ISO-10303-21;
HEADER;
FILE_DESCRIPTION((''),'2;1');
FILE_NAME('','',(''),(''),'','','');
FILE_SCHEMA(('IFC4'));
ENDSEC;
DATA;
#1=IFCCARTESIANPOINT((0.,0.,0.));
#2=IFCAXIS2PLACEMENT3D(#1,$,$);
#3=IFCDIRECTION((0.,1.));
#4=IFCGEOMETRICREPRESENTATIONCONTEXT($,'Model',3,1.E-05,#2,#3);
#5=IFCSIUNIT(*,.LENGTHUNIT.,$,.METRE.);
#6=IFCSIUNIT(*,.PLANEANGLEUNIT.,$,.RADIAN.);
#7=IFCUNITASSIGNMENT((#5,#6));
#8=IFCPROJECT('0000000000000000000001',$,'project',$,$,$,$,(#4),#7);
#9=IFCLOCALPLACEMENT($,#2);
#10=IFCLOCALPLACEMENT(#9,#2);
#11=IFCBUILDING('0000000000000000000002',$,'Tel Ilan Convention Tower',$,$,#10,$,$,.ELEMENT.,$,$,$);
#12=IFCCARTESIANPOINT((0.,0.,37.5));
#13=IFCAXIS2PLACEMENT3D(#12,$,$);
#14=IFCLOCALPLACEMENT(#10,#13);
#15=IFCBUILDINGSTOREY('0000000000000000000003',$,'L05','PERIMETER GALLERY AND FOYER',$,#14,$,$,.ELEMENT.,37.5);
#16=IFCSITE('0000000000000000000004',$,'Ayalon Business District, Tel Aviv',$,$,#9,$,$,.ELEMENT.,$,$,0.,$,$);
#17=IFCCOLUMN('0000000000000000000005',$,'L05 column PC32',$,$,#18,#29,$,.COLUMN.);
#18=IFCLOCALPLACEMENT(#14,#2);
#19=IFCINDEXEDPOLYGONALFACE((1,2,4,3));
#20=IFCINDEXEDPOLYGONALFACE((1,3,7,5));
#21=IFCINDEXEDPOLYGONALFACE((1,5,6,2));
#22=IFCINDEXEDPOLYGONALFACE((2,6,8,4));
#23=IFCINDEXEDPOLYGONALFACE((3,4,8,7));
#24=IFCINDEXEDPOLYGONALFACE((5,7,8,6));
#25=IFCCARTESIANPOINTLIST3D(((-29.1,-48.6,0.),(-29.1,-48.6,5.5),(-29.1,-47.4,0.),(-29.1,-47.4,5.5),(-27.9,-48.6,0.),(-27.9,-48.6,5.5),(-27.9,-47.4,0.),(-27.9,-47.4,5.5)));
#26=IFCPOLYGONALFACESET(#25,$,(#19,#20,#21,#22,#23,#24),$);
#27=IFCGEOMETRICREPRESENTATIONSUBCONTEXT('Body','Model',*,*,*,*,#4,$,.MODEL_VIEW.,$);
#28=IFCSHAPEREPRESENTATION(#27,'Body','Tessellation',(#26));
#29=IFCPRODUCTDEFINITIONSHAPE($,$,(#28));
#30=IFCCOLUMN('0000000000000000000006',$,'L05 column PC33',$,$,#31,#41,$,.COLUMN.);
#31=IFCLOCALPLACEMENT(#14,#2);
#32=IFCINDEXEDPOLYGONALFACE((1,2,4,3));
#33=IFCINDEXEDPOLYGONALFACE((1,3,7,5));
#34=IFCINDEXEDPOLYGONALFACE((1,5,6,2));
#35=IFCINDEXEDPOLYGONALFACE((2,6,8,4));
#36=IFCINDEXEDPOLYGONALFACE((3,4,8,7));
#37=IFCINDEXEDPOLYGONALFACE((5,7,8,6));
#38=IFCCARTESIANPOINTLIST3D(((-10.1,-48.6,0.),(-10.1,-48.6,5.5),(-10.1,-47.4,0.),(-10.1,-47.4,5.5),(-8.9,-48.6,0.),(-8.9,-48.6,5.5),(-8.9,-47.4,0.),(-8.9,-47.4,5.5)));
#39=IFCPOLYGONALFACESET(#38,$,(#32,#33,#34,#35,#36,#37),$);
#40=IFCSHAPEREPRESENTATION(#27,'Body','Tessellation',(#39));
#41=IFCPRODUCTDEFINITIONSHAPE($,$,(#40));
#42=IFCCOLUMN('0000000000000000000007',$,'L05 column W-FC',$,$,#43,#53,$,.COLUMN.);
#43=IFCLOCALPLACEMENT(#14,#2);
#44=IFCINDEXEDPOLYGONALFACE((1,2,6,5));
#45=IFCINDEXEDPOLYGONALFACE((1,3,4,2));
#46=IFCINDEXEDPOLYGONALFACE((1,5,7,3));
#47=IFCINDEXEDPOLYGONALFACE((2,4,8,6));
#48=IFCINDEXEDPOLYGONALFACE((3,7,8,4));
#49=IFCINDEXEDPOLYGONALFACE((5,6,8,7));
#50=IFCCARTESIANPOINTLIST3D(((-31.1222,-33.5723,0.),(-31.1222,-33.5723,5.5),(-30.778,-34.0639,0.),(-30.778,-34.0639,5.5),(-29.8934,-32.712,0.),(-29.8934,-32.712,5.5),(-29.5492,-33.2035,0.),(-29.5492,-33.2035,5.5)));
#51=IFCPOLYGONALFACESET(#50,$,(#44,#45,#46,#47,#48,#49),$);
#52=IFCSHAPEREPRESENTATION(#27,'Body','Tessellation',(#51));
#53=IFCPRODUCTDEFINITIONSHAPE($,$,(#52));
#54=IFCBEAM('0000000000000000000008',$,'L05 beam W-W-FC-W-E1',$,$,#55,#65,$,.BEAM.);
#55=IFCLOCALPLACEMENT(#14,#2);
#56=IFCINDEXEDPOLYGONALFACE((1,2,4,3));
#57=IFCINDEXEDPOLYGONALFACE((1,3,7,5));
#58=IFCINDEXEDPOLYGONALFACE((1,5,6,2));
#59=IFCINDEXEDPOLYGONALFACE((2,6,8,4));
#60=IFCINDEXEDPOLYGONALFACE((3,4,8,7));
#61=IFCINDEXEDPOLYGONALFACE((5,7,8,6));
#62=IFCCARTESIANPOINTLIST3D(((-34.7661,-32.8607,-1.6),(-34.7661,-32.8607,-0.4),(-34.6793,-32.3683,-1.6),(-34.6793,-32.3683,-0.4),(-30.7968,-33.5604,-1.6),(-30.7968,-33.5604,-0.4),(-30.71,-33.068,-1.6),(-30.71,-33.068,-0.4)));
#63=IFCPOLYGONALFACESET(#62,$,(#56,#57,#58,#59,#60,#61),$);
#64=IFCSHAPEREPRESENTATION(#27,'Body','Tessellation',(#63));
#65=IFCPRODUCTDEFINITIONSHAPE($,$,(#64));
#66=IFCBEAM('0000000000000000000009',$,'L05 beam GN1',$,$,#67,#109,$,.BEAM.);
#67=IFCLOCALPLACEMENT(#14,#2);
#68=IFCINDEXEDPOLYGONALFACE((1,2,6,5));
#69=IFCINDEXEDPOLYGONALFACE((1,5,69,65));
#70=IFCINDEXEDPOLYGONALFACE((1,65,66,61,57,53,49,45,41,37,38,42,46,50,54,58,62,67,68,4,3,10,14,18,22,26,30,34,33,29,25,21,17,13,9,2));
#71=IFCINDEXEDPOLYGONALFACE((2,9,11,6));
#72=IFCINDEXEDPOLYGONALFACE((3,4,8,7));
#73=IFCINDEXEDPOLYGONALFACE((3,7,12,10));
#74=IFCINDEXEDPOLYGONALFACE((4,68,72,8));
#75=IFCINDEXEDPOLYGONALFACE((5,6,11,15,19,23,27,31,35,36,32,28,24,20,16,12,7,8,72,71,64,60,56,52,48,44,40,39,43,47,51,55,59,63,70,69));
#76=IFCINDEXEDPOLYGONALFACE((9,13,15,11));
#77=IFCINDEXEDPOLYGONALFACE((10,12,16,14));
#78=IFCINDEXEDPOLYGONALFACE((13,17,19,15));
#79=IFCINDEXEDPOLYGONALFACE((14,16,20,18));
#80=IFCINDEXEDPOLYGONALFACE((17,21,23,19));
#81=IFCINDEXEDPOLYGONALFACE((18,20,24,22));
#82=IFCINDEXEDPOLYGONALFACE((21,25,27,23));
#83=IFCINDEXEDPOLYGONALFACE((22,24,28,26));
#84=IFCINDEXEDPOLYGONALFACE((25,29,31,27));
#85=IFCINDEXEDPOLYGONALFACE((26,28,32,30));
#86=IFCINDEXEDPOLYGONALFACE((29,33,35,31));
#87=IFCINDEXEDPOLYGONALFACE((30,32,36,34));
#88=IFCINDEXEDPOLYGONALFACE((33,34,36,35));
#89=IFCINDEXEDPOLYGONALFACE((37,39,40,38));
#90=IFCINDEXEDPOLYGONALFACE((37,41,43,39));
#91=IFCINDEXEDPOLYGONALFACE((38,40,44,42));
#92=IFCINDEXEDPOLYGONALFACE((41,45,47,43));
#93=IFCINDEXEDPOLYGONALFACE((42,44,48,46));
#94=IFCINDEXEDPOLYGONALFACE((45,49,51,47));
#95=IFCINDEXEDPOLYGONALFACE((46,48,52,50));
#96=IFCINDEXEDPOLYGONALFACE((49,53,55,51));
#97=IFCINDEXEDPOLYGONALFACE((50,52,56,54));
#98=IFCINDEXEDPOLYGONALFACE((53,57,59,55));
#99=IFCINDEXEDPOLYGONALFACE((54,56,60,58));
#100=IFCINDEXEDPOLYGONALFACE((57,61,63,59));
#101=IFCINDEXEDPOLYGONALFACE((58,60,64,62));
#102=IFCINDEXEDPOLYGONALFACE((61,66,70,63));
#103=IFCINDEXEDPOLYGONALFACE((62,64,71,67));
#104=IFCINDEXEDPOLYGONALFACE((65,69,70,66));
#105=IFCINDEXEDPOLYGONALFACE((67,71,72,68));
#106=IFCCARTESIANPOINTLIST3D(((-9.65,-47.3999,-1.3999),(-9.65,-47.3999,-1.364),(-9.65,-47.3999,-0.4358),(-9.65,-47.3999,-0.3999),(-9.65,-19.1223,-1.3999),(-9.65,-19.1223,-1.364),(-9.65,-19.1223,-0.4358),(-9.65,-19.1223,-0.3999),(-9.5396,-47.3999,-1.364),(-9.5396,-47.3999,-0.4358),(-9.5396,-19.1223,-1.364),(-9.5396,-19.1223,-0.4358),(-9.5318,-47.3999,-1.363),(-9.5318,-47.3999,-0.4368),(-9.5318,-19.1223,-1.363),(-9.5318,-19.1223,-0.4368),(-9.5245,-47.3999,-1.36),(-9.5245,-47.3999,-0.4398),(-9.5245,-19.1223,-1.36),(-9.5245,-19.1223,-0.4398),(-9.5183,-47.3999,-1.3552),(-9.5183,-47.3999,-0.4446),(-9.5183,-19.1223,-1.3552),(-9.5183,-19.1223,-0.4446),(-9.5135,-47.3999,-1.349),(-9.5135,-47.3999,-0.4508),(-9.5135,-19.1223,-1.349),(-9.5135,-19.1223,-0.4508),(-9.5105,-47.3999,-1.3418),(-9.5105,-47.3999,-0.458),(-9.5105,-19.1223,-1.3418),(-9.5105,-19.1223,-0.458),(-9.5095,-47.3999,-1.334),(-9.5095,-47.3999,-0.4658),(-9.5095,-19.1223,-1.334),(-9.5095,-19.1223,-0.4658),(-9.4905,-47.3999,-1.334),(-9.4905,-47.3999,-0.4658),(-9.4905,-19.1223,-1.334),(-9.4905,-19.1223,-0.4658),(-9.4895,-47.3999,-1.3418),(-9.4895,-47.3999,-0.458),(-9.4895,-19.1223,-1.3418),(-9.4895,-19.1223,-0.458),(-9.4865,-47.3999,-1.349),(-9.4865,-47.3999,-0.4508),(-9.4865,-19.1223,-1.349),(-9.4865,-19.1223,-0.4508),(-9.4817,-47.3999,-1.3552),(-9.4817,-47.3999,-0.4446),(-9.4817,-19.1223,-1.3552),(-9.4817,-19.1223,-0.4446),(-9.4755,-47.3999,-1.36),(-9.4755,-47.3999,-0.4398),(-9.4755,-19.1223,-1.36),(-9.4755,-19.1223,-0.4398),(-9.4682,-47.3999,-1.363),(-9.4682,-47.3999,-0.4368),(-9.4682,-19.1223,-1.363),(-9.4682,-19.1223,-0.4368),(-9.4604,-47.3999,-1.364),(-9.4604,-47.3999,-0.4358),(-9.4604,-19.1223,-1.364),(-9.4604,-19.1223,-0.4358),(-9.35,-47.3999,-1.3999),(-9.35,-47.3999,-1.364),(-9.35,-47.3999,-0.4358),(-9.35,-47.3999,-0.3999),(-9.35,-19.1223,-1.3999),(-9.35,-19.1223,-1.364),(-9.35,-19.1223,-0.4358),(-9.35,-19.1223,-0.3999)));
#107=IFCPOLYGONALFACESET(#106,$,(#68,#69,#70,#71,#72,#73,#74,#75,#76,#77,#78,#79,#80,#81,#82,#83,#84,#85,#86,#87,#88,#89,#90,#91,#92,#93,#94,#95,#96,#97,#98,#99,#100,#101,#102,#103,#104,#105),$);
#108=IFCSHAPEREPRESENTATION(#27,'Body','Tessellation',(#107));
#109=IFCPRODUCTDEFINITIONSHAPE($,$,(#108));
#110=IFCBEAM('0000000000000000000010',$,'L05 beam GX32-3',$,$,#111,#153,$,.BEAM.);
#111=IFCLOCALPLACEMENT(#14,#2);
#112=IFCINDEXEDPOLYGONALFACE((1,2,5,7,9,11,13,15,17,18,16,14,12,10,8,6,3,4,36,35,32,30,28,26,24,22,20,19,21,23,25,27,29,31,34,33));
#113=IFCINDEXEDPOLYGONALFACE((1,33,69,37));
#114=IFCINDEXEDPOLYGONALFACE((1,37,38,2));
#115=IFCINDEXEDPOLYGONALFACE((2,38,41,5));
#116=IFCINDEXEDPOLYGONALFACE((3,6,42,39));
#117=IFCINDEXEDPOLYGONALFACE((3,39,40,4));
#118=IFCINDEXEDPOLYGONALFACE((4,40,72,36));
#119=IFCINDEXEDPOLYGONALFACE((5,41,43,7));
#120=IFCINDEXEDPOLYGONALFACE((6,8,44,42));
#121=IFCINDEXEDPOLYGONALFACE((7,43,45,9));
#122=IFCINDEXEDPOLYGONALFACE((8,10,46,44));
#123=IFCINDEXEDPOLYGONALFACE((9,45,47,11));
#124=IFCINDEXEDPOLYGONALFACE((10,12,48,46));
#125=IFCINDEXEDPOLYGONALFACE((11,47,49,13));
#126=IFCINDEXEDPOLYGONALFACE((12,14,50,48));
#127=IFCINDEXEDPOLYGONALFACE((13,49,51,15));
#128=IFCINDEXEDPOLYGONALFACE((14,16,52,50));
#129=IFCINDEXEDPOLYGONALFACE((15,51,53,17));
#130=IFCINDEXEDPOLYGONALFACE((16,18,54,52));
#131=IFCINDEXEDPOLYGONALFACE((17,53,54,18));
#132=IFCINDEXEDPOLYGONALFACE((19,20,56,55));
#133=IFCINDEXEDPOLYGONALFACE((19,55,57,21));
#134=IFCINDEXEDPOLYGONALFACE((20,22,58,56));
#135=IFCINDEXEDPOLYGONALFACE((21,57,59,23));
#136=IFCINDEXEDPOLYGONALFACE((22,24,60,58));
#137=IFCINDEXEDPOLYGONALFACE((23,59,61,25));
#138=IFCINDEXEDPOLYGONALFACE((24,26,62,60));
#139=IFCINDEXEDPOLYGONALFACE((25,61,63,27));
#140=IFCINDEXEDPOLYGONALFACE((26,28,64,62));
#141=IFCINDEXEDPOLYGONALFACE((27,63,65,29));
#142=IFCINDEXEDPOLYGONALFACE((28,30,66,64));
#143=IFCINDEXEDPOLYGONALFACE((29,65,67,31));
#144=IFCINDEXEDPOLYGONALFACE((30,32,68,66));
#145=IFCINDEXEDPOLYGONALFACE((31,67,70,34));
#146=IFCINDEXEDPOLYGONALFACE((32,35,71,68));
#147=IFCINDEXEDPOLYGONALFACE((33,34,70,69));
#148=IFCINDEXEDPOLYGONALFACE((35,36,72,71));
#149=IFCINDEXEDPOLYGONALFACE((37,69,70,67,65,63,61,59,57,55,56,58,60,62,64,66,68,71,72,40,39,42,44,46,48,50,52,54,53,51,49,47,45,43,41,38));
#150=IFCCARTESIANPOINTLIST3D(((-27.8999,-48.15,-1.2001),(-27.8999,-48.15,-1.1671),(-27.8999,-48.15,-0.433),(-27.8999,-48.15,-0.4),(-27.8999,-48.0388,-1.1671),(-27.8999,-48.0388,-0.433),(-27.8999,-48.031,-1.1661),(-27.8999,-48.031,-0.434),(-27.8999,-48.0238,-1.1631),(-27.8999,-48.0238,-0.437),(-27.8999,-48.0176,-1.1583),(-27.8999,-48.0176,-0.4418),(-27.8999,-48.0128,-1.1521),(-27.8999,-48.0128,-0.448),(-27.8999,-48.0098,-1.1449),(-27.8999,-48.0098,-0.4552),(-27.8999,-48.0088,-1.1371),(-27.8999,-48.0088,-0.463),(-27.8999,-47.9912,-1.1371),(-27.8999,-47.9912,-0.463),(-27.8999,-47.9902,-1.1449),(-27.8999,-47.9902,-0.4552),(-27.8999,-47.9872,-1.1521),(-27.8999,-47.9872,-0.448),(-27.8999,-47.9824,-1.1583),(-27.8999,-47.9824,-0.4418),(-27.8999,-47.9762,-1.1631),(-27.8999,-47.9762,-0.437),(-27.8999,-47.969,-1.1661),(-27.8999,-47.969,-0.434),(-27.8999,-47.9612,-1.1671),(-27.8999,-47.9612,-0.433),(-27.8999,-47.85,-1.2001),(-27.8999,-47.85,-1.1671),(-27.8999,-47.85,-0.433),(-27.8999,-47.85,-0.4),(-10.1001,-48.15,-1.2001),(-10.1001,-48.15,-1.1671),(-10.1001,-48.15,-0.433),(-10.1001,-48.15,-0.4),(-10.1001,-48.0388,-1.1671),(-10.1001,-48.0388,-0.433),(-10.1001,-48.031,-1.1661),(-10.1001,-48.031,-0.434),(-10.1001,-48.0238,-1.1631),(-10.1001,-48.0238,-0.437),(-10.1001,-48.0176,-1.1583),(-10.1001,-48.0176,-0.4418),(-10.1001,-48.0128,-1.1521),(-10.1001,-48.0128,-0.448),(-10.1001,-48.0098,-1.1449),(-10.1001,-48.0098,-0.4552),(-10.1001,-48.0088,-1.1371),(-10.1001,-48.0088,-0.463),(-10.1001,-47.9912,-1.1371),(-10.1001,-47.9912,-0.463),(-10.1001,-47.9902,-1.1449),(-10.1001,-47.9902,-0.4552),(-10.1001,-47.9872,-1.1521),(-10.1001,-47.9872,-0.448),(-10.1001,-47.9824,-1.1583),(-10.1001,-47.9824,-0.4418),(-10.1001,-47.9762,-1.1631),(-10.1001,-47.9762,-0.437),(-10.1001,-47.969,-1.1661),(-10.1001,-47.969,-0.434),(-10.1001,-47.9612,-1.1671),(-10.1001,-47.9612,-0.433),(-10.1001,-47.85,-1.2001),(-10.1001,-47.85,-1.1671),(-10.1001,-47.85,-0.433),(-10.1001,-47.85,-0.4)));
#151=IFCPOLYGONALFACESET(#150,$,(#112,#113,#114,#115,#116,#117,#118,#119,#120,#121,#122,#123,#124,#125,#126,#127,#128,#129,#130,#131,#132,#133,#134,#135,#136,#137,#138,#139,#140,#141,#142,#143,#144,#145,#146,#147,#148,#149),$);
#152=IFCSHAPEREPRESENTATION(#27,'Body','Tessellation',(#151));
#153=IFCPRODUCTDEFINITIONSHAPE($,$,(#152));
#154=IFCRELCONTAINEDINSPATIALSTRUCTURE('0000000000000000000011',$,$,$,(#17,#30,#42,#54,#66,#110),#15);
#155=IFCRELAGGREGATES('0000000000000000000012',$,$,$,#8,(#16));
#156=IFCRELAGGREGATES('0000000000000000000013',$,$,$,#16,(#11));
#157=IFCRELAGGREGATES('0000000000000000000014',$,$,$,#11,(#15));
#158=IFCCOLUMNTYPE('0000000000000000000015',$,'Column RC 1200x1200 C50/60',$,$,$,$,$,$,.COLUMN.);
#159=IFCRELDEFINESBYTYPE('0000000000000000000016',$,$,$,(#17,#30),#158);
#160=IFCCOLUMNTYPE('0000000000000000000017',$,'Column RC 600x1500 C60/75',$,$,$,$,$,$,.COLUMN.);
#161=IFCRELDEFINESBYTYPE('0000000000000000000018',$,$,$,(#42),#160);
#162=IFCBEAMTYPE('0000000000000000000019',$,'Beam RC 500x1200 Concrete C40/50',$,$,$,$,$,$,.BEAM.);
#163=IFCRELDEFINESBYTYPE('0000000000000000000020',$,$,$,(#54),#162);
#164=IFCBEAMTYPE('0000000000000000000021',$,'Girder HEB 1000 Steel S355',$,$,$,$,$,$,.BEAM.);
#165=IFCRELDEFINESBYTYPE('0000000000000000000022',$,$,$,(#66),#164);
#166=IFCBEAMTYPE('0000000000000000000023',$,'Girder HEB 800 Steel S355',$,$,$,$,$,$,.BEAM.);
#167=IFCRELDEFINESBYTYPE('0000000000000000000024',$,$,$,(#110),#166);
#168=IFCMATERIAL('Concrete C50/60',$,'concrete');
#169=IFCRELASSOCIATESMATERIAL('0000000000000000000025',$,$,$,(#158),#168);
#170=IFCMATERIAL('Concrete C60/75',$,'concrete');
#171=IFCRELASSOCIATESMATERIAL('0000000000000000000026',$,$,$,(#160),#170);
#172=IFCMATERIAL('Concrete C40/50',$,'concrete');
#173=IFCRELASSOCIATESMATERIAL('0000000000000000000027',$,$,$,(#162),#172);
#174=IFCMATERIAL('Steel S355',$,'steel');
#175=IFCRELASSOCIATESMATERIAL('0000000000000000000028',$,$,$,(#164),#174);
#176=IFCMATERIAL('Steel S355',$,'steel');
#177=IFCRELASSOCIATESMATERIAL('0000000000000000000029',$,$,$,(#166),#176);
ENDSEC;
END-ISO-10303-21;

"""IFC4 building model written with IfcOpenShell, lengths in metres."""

from ifc_helpers import new_model, si_unit, direction, frame, origin, origin_2d, place, context, subcontext, project, spatial, rectangle, i_section, extrude, material, material_profile, profile_set, type_object, element, save


model = new_model("IFC4")

# Units and contexts
model_context = context("Model", 3, precision=1e-05, world=origin(), true_north=direction((0.0, 1.0)))
body_context = subcontext(model_context, "Body", "Model", "MODEL_VIEW")
ifc_project = project(units=[si_unit("LENGTHUNIT", "METRE"), si_unit("PLANEANGLEUNIT", "RADIAN")], contexts=[model_context])

# Site, building, storey
site_placement = place(None, origin())
site = spatial("IfcSite", under=ifc_project, at=site_placement, Name="Ayalon Business District, Tel Aviv", CompositionType="ELEMENT", RefElevation=0.0)
building_placement = place(site_placement, origin())
building = spatial("IfcBuilding", under=site, at=building_placement, Name="Tel Ilan Convention Tower", CompositionType="ELEMENT")
storey_placement = place(building_placement, frame((0.0, 0.0, 37.5)))
storey = spatial("IfcBuildingStorey", under=building, at=storey_placement, Name="L05", Description="PERIMETER GALLERY AND FOYER", CompositionType="ELEMENT", Elevation=37.5)

# Columns
ifc_material_1 = material(Name="Concrete C50/60", Category="concrete")
ifc_material_profile_1 = material_profile(ifc_material_1, rectangle(XDim=1.2, YDim=1.2, at=origin_2d()), Name="RC 1200x1200")
ifc_profile_set_1 = profile_set([ifc_material_profile_1], Name="Concrete C50/60")
column_type_1 = type_object("IfcColumnType", Name="Column RC 1200x1200 C50/60", PredefinedType="COLUMN", material=ifc_profile_set_1)
for number, where, z_axis, x_axis, name in (
    (1, (-28.5, -48.0, 0.0), (0.0, 0.0, 1.0), (1.0, 0.0, 0.0), "L05 column PC32"),
    (2, (-9.5, -48.0, 0.0), (0.0, 0.0, 1.0), (1.0, 0.0, 0.0), "L05 column PC33"),
):
    element("IfcColumn", number, at=place(storey_placement, frame(where, z_axis=z_axis, x_axis=x_axis)), inside=storey, type_object=column_type_1, Name=name, PredefinedType="COLUMN", context=body_context, shape_type="SweptSolid", body=[
        extrude(rectangle(XDim=1.2, YDim=1.2, at=origin_2d()), origin(), (0.0, 0.0, 1.0), 5.5),
    ])
ifc_material_2 = material(Name="Concrete C60/75", Category="concrete")
ifc_material_profile_2 = material_profile(ifc_material_2, rectangle(XDim=1.5, YDim=0.6001, at=origin_2d()), Name="RC 600x1500")
ifc_profile_set_2 = profile_set([ifc_material_profile_2], Name="Concrete C60/75")
column_type_2 = type_object("IfcColumnType", Name="Column RC 600x1500 C60/75", PredefinedType="COLUMN", material=ifc_profile_set_2)
column_placement = place(storey_placement, frame((-30.3357, -33.3879, 0.0), z_axis=(0.0, 0.0, 1.0), x_axis=(-0.819152, -0.573576, 0.0)))
element("IfcColumn", 3, at=column_placement, inside=storey, type_object=column_type_2, Name="L05 column W-FC", PredefinedType="COLUMN", context=body_context, shape_type="SweptSolid", body=[
    extrude(rectangle(XDim=1.5, YDim=0.6001, at=origin_2d()), origin(), (0.0, 0.0, 1.0), 5.5),
])

# Beams
ifc_material_3 = material(Name="Concrete C40/50", Category="concrete")
ifc_material_profile_3 = material_profile(ifc_material_3, rectangle(XDim=0.5, YDim=1.2, at=origin_2d()), Name="RC 500x1200")
ifc_profile_set_3 = profile_set([ifc_material_profile_3], Name="Concrete C40/50")
beam_type_1 = type_object("IfcBeamType", Name="Beam RC 500x1200 Concrete C40/50", PredefinedType="BEAM", material=ifc_profile_set_3)
beam_1_placement = place(storey_placement, frame((-30.7534, -33.3142, -1.0), z_axis=(-0.984815, 0.173606, 0.0), x_axis=(-0.173606, -0.984815, 0.0)))
element("IfcBeam", 4, at=beam_1_placement, inside=storey, type_object=beam_type_1, Name="L05 beam W-W-FC-W-E1", PredefinedType="BEAM", context=body_context, shape_type="SweptSolid", body=[
    extrude(rectangle(XDim=0.5, YDim=1.2, at=origin_2d()), origin(), (0.0, 0.0, 1.0), 4.0305),
])
ifc_material_4 = material(Name="Steel S355", Category="steel")
ifc_material_profile_4 = material_profile(ifc_material_4, i_section(OverallWidth=0.3, OverallDepth=1.0, WebThickness=0.019, FlangeThickness=0.0359, FilletRadius=0.03, at=origin_2d()), Name="HEB 1000")
ifc_profile_set_4 = profile_set([ifc_material_profile_4], Name="Steel S355")
beam_type_2 = type_object("IfcBeamType", Name="Girder HEB 1000 Steel S355", PredefinedType="BEAM", material=ifc_profile_set_4)
beam_2_placement = place(storey_placement, frame((-9.5, -47.3999, -0.8999), z_axis=(0.0, 1.0, 0.0), x_axis=(-1.0, 0.0, 0.0)))
element("IfcBeam", 5, at=beam_2_placement, inside=storey, type_object=beam_type_2, Name="L05 beam GN1", PredefinedType="BEAM", context=body_context, shape_type="SweptSolid", body=[
    extrude(i_section(OverallWidth=0.3, OverallDepth=1.0, WebThickness=0.019, FlangeThickness=0.0359, FilletRadius=0.03, at=origin_2d()), origin(), (0.0, 0.0, 1.0), 28.2776),
])
ifc_material_5 = material(Name="Steel S355", Category="steel")
ifc_material_profile_5 = material_profile(ifc_material_5, i_section(OverallWidth=0.3, OverallDepth=0.8, WebThickness=0.0176, FlangeThickness=0.033, FilletRadius=0.03, at=origin_2d()), Name="HEB 800")
ifc_profile_set_5 = profile_set([ifc_material_profile_5], Name="Steel S355")
beam_type_3 = type_object("IfcBeamType", Name="Girder HEB 800 Steel S355", PredefinedType="BEAM", material=ifc_profile_set_5)
for number, where, z_axis, x_axis, name in (
    (6, (-27.8999, -48.0, -0.8), (1.0, 0.0, 0.0), (0.0, 1.0, 0.0), "L05 beam GX32-3"),
):
    element("IfcBeam", number, at=place(storey_placement, frame(where, z_axis=z_axis, x_axis=x_axis)), inside=storey, type_object=beam_type_3, Name=name, PredefinedType="BEAM", context=body_context, shape_type="SweptSolid", body=[
        extrude(i_section(OverallWidth=0.3, OverallDepth=0.8, WebThickness=0.0176, FlangeThickness=0.033, FilletRadius=0.03, at=origin_2d()), origin(), (0.0, 0.0, 1.0), 17.7998),
    ])

save(model, "model.ifc")
